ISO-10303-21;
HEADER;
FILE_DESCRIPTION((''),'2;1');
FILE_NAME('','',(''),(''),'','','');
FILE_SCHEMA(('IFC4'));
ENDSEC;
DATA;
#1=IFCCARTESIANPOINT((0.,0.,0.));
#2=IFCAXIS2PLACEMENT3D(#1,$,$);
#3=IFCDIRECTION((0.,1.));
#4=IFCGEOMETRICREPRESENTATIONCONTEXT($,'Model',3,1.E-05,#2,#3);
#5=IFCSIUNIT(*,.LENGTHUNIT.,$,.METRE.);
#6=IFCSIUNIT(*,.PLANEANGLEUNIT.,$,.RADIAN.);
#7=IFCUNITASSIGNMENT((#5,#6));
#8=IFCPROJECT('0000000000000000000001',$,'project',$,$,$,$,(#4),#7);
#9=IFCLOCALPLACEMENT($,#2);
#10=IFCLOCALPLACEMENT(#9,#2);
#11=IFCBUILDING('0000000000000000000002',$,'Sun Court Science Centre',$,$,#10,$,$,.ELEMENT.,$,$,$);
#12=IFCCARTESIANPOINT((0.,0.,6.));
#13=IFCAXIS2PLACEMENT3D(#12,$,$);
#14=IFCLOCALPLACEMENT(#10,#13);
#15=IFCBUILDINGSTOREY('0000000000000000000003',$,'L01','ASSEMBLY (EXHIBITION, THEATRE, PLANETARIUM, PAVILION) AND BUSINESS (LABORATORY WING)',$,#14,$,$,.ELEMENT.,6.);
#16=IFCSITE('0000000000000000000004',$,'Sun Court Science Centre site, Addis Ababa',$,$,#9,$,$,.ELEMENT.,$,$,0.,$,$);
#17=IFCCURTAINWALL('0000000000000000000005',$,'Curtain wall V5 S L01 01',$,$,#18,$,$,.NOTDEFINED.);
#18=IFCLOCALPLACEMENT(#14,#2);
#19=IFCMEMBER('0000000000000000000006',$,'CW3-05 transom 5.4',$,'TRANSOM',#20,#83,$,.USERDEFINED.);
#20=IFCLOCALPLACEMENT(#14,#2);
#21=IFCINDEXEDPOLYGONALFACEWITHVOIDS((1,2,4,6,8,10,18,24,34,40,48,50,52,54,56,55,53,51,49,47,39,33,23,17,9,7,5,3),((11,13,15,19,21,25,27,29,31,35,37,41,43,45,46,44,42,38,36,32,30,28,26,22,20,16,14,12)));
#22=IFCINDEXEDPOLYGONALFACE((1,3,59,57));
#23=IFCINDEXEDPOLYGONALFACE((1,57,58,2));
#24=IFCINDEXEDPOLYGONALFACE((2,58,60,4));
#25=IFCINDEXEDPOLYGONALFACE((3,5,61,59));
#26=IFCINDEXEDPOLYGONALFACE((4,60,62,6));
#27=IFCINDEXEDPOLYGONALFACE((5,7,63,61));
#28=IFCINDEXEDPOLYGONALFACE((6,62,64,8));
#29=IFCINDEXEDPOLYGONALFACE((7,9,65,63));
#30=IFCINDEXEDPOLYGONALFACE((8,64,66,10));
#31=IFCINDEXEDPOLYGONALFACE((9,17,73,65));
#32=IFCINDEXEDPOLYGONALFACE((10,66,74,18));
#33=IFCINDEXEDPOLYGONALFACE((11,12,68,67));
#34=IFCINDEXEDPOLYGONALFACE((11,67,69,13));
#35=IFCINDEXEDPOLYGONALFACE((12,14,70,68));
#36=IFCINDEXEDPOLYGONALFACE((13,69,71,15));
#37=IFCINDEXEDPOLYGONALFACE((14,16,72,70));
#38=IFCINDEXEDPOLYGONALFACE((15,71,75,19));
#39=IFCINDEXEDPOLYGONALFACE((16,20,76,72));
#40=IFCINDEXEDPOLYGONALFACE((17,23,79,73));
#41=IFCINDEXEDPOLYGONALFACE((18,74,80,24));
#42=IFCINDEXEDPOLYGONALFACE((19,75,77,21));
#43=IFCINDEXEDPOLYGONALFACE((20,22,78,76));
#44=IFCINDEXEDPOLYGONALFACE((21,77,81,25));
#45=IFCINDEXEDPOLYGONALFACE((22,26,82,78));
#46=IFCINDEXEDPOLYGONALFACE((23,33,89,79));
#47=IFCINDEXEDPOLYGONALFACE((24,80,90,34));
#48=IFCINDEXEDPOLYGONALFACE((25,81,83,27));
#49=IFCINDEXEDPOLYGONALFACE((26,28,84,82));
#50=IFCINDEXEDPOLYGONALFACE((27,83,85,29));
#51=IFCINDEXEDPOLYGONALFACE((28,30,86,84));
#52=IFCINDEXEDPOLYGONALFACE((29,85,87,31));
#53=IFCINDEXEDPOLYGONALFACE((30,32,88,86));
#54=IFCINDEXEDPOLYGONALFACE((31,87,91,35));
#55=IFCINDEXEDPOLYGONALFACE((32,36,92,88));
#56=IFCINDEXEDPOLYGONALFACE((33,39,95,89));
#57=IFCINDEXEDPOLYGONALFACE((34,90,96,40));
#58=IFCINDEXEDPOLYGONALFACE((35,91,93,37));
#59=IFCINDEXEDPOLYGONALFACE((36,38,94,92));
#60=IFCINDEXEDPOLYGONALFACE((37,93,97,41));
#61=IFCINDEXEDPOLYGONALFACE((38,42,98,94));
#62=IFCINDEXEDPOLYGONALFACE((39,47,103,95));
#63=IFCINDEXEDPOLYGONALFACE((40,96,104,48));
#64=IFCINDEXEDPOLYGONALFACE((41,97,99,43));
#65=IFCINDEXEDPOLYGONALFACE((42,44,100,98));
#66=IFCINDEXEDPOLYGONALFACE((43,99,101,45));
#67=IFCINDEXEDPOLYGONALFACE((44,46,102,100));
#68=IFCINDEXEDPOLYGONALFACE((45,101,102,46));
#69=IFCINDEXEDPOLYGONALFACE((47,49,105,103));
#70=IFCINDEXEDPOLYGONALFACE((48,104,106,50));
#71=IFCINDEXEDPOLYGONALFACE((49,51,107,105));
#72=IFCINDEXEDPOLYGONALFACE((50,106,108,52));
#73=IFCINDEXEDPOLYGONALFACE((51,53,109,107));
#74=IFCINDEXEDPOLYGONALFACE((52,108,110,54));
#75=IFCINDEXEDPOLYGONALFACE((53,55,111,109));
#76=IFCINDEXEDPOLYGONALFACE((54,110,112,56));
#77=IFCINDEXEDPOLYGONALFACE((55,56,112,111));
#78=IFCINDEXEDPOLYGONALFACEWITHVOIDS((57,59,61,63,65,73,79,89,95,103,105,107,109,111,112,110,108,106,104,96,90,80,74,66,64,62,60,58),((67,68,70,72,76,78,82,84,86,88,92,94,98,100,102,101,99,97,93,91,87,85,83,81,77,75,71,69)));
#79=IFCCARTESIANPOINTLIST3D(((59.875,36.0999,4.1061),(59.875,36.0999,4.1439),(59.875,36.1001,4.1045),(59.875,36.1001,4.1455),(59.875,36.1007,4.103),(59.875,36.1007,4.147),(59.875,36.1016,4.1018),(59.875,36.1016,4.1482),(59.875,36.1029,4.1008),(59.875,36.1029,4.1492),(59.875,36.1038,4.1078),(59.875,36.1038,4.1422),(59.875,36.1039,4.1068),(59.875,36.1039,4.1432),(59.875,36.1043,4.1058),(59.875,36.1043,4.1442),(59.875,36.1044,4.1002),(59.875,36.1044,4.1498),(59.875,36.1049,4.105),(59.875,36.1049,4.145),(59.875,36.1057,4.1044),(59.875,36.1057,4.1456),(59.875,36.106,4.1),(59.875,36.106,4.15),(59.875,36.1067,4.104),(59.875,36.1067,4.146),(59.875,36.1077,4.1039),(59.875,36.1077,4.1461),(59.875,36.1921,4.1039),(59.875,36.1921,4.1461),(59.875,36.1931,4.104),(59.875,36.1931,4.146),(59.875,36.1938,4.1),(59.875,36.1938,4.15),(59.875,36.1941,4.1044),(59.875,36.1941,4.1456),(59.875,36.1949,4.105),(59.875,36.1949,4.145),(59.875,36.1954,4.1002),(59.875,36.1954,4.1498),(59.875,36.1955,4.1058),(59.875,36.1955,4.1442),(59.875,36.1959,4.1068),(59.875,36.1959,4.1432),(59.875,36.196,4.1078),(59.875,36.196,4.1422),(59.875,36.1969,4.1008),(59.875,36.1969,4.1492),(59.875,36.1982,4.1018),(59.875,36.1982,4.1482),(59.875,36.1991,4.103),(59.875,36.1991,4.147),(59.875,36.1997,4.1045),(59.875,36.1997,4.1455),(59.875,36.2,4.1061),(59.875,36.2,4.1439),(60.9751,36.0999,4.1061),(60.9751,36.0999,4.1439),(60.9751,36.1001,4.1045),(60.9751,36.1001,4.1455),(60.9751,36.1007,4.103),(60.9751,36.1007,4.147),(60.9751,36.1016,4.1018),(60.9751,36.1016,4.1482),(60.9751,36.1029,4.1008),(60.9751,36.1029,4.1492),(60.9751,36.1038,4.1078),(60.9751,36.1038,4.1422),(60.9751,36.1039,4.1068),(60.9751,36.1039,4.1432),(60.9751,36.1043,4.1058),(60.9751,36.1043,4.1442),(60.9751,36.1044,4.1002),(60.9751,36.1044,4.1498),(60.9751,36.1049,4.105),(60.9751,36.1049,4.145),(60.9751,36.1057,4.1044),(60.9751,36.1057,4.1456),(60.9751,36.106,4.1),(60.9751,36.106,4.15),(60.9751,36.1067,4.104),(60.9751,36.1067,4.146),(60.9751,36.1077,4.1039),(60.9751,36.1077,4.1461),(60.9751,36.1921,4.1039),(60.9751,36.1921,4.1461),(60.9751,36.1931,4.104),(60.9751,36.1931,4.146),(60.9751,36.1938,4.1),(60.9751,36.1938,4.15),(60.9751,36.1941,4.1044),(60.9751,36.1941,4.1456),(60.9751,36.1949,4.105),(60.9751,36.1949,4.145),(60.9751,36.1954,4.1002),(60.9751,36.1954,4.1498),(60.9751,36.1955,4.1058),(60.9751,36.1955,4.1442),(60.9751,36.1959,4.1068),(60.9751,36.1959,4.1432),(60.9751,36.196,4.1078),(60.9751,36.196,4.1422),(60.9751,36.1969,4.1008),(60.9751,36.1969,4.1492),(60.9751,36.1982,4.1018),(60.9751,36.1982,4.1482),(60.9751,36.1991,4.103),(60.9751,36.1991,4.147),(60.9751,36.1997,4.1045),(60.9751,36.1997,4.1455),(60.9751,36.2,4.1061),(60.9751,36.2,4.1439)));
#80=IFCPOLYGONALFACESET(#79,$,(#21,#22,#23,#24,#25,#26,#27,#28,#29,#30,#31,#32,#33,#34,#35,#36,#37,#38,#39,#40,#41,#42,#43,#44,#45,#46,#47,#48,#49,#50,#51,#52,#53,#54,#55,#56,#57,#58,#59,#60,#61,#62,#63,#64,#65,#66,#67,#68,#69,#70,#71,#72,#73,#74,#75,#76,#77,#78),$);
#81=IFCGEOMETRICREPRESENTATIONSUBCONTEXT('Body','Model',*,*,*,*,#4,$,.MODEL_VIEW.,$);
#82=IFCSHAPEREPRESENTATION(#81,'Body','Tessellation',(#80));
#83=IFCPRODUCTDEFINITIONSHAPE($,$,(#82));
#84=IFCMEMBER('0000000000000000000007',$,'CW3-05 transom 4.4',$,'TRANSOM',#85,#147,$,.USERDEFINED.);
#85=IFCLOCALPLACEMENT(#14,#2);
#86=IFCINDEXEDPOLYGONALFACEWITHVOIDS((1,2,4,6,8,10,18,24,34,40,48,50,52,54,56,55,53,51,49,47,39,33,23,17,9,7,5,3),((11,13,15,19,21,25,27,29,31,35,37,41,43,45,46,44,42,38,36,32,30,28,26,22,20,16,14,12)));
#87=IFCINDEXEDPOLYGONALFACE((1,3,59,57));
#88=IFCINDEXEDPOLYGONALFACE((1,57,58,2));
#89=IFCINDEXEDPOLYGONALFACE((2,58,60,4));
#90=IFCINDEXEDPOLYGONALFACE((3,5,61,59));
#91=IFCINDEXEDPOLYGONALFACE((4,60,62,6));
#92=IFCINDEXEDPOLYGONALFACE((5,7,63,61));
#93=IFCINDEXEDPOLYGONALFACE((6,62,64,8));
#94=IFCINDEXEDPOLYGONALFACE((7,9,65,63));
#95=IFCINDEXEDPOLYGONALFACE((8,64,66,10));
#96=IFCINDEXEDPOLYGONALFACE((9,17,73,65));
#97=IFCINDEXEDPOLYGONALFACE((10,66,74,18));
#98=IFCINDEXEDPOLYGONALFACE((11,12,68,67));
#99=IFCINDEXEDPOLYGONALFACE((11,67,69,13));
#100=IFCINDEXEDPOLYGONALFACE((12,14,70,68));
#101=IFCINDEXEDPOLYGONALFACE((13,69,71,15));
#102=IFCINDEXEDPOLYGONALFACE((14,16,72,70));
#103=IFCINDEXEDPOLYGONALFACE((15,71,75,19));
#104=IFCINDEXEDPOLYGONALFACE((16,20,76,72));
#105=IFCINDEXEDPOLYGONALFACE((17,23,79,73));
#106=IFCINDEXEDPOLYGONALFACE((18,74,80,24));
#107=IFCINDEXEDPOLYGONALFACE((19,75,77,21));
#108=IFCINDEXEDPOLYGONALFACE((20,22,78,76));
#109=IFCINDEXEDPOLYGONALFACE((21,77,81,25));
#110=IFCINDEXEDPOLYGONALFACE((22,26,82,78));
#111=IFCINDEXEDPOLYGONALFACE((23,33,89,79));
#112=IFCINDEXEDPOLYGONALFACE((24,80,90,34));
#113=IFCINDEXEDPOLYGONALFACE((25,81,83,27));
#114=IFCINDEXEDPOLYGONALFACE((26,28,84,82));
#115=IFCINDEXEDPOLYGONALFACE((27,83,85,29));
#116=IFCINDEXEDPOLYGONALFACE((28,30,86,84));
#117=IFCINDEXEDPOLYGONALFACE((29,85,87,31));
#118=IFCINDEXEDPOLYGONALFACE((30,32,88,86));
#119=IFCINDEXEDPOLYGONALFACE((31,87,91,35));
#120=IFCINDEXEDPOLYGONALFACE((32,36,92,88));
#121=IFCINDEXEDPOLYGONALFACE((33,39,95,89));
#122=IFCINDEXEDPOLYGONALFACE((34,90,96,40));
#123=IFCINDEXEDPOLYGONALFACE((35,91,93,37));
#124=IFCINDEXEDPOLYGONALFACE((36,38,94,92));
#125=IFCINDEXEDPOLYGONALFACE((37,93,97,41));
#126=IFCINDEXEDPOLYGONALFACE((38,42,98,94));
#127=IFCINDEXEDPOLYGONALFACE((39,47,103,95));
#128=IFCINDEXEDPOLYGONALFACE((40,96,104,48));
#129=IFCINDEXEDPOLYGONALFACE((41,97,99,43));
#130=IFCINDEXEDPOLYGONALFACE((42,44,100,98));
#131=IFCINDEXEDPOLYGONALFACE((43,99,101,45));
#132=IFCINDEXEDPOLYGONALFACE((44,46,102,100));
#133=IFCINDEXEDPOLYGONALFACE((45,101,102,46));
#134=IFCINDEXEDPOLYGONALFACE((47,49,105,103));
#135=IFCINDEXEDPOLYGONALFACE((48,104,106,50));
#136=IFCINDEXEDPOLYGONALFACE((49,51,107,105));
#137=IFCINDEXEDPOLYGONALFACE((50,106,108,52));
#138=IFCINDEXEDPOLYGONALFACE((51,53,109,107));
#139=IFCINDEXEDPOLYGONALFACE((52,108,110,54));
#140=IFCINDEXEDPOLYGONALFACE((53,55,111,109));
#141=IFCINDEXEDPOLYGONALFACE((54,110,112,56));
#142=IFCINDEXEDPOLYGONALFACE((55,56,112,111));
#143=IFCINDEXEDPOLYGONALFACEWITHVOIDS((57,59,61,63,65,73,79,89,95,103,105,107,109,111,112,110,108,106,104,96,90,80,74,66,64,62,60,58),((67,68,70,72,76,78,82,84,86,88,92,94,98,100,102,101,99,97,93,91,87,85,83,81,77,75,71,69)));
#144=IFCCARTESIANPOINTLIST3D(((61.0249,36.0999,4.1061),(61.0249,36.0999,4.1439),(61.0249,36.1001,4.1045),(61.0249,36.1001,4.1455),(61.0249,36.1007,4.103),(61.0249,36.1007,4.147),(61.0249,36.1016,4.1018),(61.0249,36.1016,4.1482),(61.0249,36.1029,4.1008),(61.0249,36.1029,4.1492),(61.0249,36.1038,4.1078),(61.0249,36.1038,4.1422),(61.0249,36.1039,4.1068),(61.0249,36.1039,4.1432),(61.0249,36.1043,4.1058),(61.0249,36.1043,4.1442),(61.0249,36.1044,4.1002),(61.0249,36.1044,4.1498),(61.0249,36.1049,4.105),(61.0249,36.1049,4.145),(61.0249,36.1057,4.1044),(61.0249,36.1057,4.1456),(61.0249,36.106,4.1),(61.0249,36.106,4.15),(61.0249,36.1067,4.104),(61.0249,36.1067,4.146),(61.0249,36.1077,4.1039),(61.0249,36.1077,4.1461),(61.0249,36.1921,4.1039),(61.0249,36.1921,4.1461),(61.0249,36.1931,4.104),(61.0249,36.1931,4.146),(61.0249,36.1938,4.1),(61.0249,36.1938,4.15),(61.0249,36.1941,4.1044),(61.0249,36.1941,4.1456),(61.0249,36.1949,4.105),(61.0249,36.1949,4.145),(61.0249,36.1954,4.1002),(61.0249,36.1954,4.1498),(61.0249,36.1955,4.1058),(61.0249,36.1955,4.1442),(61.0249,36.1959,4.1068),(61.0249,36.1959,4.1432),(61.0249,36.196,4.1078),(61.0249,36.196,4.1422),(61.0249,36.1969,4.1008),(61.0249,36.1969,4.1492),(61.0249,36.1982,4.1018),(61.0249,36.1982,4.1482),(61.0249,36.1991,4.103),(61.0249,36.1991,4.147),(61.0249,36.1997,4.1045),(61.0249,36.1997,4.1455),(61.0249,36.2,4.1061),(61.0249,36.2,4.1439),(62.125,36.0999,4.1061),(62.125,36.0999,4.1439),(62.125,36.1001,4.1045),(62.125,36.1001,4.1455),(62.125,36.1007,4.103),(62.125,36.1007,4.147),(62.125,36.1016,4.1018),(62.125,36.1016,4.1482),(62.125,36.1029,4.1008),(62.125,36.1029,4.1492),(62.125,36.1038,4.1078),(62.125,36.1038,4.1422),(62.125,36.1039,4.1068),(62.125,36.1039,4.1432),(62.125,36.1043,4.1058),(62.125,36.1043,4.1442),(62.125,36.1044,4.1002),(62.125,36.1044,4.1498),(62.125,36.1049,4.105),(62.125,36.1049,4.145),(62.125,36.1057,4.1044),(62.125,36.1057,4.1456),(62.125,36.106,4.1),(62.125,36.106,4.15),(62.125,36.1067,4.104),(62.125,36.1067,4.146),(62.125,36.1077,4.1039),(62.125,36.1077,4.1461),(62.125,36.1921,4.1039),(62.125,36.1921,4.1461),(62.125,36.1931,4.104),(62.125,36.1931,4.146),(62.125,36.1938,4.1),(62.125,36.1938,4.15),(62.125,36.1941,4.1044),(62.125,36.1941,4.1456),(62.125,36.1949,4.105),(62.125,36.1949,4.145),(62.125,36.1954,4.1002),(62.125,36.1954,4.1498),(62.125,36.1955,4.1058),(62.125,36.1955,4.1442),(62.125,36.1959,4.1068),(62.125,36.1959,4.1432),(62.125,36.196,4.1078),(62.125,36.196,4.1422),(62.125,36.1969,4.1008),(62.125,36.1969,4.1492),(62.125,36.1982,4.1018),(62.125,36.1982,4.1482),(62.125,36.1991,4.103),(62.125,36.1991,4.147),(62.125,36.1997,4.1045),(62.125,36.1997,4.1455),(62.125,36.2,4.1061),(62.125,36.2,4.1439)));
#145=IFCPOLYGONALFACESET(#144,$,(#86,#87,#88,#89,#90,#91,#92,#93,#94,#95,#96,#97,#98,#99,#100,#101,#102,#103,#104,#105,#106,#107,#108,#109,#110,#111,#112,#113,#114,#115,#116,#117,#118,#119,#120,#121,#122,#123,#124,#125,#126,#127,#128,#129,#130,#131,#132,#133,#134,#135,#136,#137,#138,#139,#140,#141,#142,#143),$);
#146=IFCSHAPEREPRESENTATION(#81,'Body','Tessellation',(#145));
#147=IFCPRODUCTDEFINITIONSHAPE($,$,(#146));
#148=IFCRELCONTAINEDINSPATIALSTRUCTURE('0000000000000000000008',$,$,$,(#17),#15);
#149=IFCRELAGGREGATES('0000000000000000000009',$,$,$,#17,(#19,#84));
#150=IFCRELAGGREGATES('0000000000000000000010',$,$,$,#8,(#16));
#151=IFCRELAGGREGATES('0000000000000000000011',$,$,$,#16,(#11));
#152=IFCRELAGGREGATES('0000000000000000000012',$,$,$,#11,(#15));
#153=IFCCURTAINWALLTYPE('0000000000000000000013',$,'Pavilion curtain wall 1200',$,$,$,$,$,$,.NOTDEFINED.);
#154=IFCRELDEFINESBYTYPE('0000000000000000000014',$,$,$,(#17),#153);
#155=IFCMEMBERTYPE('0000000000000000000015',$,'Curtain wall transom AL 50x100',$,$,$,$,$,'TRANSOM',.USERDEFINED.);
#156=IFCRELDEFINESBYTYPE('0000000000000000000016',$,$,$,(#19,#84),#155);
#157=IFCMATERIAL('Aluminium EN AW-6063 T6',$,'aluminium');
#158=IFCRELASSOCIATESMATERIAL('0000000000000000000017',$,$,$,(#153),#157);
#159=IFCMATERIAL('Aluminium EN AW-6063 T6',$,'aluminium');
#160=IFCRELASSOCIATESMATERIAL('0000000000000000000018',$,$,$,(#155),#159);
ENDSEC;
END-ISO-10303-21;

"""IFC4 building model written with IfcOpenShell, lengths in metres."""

from ifc_helpers import new_model, si_unit, direction, frame, origin, origin_2d, place, context, subcontext, project, spatial, hollow_rectangle, extrude, material, material_profile, profile_set, type_object, element, aggregate, save


model = new_model("IFC4")

# Units and contexts
model_context = context("Model", 3, precision=1e-05, world=origin(), true_north=direction((0.0, 1.0)))
body_context = subcontext(model_context, "Body", "Model", "MODEL_VIEW")
ifc_project = project(units=[si_unit("LENGTHUNIT", "METRE"), si_unit("PLANEANGLEUNIT", "RADIAN")], contexts=[model_context])

# Site, building, storey
site_placement = place(None, origin())
site = spatial("IfcSite", under=ifc_project, at=site_placement, Name="Sun Court Science Centre site, Addis Ababa", CompositionType="ELEMENT", RefElevation=0.0)
building_placement = place(site_placement, origin())
building = spatial("IfcBuilding", under=site, at=building_placement, Name="Sun Court Science Centre", CompositionType="ELEMENT")
storey_placement = place(building_placement, frame((0.0, 0.0, 6.0)))
storey = spatial("IfcBuildingStorey", under=building, at=storey_placement, Name="L01", Description="ASSEMBLY (EXHIBITION, THEATRE, PLANETARIUM, PAVILION) AND BUSINESS (LABORATORY WING)", CompositionType="ELEMENT", Elevation=6.0)

# Curtain wall
ifc_material_1 = material(Name="Aluminium EN AW-6063 T6", Category="aluminium")
curtain_wall_type = type_object("IfcCurtainWallType", Name="Pavilion curtain wall 1200", PredefinedType="NOTDEFINED", material=ifc_material_1)
curtain_wall_1_placement = place(storey_placement, origin())
curtain_wall_1 = element("IfcCurtainWall", 1, at=curtain_wall_1_placement, inside=storey, type_object=curtain_wall_type, Name="Curtain wall V5 S L01 01", PredefinedType="NOTDEFINED")

# Members
ifc_material_2 = material(Name="Aluminium EN AW-6063 T6", Category="aluminium")
ifc_material_profile_1 = material_profile(ifc_material_2, hollow_rectangle(XDim=0.05, YDim=0.1001, WallThickness=0.0039, InnerFilletRadius=0.0039, OuterFilletRadius=0.0061, at=origin_2d()), Name="AL 50x100x4")
ifc_profile_set_1 = profile_set([ifc_material_profile_1], Name="Aluminium EN AW-6063 T6")
member_type_1 = type_object("IfcMemberType", Name="Curtain wall transom AL 50x100", ElementType="TRANSOM", PredefinedType="USERDEFINED", material=ifc_profile_set_1)
member_1_placement = place(storey_placement, frame((60.9751, 36.1499, 4.125), z_axis=(-1.0, 0.0, 0.0), x_axis=(0.0, 0.0, 1.0)))
member_1 = element("IfcMember", 2, at=member_1_placement, type_object=member_type_1, Name="CW3-05 transom 5.4", ObjectType="TRANSOM", PredefinedType="USERDEFINED", context=body_context, shape_type="SweptSolid", body=[
    extrude(hollow_rectangle(XDim=0.05, YDim=0.1001, WallThickness=0.0039, InnerFilletRadius=0.0039, OuterFilletRadius=0.0061, at=origin_2d()), origin(), (0.0, 0.0, 1.0), 1.1001),
])
member_2_placement = place(storey_placement, frame((62.125, 36.1499, 4.125), z_axis=(-1.0, 0.0, 0.0), x_axis=(0.0, 0.0, 1.0)))
member_2 = element("IfcMember", 3, at=member_2_placement, type_object=member_type_1, Name="CW3-05 transom 4.4", ObjectType="TRANSOM", PredefinedType="USERDEFINED", context=body_context, shape_type="SweptSolid", body=[
    extrude(hollow_rectangle(XDim=0.05, YDim=0.1001, WallThickness=0.0039, InnerFilletRadius=0.0039, OuterFilletRadius=0.0061, at=origin_2d()), origin(), (0.0, 0.0, 1.0), 1.1001),
])

aggregate(curtain_wall_1, [member_1, member_2])

save(model, "model.ifc")
